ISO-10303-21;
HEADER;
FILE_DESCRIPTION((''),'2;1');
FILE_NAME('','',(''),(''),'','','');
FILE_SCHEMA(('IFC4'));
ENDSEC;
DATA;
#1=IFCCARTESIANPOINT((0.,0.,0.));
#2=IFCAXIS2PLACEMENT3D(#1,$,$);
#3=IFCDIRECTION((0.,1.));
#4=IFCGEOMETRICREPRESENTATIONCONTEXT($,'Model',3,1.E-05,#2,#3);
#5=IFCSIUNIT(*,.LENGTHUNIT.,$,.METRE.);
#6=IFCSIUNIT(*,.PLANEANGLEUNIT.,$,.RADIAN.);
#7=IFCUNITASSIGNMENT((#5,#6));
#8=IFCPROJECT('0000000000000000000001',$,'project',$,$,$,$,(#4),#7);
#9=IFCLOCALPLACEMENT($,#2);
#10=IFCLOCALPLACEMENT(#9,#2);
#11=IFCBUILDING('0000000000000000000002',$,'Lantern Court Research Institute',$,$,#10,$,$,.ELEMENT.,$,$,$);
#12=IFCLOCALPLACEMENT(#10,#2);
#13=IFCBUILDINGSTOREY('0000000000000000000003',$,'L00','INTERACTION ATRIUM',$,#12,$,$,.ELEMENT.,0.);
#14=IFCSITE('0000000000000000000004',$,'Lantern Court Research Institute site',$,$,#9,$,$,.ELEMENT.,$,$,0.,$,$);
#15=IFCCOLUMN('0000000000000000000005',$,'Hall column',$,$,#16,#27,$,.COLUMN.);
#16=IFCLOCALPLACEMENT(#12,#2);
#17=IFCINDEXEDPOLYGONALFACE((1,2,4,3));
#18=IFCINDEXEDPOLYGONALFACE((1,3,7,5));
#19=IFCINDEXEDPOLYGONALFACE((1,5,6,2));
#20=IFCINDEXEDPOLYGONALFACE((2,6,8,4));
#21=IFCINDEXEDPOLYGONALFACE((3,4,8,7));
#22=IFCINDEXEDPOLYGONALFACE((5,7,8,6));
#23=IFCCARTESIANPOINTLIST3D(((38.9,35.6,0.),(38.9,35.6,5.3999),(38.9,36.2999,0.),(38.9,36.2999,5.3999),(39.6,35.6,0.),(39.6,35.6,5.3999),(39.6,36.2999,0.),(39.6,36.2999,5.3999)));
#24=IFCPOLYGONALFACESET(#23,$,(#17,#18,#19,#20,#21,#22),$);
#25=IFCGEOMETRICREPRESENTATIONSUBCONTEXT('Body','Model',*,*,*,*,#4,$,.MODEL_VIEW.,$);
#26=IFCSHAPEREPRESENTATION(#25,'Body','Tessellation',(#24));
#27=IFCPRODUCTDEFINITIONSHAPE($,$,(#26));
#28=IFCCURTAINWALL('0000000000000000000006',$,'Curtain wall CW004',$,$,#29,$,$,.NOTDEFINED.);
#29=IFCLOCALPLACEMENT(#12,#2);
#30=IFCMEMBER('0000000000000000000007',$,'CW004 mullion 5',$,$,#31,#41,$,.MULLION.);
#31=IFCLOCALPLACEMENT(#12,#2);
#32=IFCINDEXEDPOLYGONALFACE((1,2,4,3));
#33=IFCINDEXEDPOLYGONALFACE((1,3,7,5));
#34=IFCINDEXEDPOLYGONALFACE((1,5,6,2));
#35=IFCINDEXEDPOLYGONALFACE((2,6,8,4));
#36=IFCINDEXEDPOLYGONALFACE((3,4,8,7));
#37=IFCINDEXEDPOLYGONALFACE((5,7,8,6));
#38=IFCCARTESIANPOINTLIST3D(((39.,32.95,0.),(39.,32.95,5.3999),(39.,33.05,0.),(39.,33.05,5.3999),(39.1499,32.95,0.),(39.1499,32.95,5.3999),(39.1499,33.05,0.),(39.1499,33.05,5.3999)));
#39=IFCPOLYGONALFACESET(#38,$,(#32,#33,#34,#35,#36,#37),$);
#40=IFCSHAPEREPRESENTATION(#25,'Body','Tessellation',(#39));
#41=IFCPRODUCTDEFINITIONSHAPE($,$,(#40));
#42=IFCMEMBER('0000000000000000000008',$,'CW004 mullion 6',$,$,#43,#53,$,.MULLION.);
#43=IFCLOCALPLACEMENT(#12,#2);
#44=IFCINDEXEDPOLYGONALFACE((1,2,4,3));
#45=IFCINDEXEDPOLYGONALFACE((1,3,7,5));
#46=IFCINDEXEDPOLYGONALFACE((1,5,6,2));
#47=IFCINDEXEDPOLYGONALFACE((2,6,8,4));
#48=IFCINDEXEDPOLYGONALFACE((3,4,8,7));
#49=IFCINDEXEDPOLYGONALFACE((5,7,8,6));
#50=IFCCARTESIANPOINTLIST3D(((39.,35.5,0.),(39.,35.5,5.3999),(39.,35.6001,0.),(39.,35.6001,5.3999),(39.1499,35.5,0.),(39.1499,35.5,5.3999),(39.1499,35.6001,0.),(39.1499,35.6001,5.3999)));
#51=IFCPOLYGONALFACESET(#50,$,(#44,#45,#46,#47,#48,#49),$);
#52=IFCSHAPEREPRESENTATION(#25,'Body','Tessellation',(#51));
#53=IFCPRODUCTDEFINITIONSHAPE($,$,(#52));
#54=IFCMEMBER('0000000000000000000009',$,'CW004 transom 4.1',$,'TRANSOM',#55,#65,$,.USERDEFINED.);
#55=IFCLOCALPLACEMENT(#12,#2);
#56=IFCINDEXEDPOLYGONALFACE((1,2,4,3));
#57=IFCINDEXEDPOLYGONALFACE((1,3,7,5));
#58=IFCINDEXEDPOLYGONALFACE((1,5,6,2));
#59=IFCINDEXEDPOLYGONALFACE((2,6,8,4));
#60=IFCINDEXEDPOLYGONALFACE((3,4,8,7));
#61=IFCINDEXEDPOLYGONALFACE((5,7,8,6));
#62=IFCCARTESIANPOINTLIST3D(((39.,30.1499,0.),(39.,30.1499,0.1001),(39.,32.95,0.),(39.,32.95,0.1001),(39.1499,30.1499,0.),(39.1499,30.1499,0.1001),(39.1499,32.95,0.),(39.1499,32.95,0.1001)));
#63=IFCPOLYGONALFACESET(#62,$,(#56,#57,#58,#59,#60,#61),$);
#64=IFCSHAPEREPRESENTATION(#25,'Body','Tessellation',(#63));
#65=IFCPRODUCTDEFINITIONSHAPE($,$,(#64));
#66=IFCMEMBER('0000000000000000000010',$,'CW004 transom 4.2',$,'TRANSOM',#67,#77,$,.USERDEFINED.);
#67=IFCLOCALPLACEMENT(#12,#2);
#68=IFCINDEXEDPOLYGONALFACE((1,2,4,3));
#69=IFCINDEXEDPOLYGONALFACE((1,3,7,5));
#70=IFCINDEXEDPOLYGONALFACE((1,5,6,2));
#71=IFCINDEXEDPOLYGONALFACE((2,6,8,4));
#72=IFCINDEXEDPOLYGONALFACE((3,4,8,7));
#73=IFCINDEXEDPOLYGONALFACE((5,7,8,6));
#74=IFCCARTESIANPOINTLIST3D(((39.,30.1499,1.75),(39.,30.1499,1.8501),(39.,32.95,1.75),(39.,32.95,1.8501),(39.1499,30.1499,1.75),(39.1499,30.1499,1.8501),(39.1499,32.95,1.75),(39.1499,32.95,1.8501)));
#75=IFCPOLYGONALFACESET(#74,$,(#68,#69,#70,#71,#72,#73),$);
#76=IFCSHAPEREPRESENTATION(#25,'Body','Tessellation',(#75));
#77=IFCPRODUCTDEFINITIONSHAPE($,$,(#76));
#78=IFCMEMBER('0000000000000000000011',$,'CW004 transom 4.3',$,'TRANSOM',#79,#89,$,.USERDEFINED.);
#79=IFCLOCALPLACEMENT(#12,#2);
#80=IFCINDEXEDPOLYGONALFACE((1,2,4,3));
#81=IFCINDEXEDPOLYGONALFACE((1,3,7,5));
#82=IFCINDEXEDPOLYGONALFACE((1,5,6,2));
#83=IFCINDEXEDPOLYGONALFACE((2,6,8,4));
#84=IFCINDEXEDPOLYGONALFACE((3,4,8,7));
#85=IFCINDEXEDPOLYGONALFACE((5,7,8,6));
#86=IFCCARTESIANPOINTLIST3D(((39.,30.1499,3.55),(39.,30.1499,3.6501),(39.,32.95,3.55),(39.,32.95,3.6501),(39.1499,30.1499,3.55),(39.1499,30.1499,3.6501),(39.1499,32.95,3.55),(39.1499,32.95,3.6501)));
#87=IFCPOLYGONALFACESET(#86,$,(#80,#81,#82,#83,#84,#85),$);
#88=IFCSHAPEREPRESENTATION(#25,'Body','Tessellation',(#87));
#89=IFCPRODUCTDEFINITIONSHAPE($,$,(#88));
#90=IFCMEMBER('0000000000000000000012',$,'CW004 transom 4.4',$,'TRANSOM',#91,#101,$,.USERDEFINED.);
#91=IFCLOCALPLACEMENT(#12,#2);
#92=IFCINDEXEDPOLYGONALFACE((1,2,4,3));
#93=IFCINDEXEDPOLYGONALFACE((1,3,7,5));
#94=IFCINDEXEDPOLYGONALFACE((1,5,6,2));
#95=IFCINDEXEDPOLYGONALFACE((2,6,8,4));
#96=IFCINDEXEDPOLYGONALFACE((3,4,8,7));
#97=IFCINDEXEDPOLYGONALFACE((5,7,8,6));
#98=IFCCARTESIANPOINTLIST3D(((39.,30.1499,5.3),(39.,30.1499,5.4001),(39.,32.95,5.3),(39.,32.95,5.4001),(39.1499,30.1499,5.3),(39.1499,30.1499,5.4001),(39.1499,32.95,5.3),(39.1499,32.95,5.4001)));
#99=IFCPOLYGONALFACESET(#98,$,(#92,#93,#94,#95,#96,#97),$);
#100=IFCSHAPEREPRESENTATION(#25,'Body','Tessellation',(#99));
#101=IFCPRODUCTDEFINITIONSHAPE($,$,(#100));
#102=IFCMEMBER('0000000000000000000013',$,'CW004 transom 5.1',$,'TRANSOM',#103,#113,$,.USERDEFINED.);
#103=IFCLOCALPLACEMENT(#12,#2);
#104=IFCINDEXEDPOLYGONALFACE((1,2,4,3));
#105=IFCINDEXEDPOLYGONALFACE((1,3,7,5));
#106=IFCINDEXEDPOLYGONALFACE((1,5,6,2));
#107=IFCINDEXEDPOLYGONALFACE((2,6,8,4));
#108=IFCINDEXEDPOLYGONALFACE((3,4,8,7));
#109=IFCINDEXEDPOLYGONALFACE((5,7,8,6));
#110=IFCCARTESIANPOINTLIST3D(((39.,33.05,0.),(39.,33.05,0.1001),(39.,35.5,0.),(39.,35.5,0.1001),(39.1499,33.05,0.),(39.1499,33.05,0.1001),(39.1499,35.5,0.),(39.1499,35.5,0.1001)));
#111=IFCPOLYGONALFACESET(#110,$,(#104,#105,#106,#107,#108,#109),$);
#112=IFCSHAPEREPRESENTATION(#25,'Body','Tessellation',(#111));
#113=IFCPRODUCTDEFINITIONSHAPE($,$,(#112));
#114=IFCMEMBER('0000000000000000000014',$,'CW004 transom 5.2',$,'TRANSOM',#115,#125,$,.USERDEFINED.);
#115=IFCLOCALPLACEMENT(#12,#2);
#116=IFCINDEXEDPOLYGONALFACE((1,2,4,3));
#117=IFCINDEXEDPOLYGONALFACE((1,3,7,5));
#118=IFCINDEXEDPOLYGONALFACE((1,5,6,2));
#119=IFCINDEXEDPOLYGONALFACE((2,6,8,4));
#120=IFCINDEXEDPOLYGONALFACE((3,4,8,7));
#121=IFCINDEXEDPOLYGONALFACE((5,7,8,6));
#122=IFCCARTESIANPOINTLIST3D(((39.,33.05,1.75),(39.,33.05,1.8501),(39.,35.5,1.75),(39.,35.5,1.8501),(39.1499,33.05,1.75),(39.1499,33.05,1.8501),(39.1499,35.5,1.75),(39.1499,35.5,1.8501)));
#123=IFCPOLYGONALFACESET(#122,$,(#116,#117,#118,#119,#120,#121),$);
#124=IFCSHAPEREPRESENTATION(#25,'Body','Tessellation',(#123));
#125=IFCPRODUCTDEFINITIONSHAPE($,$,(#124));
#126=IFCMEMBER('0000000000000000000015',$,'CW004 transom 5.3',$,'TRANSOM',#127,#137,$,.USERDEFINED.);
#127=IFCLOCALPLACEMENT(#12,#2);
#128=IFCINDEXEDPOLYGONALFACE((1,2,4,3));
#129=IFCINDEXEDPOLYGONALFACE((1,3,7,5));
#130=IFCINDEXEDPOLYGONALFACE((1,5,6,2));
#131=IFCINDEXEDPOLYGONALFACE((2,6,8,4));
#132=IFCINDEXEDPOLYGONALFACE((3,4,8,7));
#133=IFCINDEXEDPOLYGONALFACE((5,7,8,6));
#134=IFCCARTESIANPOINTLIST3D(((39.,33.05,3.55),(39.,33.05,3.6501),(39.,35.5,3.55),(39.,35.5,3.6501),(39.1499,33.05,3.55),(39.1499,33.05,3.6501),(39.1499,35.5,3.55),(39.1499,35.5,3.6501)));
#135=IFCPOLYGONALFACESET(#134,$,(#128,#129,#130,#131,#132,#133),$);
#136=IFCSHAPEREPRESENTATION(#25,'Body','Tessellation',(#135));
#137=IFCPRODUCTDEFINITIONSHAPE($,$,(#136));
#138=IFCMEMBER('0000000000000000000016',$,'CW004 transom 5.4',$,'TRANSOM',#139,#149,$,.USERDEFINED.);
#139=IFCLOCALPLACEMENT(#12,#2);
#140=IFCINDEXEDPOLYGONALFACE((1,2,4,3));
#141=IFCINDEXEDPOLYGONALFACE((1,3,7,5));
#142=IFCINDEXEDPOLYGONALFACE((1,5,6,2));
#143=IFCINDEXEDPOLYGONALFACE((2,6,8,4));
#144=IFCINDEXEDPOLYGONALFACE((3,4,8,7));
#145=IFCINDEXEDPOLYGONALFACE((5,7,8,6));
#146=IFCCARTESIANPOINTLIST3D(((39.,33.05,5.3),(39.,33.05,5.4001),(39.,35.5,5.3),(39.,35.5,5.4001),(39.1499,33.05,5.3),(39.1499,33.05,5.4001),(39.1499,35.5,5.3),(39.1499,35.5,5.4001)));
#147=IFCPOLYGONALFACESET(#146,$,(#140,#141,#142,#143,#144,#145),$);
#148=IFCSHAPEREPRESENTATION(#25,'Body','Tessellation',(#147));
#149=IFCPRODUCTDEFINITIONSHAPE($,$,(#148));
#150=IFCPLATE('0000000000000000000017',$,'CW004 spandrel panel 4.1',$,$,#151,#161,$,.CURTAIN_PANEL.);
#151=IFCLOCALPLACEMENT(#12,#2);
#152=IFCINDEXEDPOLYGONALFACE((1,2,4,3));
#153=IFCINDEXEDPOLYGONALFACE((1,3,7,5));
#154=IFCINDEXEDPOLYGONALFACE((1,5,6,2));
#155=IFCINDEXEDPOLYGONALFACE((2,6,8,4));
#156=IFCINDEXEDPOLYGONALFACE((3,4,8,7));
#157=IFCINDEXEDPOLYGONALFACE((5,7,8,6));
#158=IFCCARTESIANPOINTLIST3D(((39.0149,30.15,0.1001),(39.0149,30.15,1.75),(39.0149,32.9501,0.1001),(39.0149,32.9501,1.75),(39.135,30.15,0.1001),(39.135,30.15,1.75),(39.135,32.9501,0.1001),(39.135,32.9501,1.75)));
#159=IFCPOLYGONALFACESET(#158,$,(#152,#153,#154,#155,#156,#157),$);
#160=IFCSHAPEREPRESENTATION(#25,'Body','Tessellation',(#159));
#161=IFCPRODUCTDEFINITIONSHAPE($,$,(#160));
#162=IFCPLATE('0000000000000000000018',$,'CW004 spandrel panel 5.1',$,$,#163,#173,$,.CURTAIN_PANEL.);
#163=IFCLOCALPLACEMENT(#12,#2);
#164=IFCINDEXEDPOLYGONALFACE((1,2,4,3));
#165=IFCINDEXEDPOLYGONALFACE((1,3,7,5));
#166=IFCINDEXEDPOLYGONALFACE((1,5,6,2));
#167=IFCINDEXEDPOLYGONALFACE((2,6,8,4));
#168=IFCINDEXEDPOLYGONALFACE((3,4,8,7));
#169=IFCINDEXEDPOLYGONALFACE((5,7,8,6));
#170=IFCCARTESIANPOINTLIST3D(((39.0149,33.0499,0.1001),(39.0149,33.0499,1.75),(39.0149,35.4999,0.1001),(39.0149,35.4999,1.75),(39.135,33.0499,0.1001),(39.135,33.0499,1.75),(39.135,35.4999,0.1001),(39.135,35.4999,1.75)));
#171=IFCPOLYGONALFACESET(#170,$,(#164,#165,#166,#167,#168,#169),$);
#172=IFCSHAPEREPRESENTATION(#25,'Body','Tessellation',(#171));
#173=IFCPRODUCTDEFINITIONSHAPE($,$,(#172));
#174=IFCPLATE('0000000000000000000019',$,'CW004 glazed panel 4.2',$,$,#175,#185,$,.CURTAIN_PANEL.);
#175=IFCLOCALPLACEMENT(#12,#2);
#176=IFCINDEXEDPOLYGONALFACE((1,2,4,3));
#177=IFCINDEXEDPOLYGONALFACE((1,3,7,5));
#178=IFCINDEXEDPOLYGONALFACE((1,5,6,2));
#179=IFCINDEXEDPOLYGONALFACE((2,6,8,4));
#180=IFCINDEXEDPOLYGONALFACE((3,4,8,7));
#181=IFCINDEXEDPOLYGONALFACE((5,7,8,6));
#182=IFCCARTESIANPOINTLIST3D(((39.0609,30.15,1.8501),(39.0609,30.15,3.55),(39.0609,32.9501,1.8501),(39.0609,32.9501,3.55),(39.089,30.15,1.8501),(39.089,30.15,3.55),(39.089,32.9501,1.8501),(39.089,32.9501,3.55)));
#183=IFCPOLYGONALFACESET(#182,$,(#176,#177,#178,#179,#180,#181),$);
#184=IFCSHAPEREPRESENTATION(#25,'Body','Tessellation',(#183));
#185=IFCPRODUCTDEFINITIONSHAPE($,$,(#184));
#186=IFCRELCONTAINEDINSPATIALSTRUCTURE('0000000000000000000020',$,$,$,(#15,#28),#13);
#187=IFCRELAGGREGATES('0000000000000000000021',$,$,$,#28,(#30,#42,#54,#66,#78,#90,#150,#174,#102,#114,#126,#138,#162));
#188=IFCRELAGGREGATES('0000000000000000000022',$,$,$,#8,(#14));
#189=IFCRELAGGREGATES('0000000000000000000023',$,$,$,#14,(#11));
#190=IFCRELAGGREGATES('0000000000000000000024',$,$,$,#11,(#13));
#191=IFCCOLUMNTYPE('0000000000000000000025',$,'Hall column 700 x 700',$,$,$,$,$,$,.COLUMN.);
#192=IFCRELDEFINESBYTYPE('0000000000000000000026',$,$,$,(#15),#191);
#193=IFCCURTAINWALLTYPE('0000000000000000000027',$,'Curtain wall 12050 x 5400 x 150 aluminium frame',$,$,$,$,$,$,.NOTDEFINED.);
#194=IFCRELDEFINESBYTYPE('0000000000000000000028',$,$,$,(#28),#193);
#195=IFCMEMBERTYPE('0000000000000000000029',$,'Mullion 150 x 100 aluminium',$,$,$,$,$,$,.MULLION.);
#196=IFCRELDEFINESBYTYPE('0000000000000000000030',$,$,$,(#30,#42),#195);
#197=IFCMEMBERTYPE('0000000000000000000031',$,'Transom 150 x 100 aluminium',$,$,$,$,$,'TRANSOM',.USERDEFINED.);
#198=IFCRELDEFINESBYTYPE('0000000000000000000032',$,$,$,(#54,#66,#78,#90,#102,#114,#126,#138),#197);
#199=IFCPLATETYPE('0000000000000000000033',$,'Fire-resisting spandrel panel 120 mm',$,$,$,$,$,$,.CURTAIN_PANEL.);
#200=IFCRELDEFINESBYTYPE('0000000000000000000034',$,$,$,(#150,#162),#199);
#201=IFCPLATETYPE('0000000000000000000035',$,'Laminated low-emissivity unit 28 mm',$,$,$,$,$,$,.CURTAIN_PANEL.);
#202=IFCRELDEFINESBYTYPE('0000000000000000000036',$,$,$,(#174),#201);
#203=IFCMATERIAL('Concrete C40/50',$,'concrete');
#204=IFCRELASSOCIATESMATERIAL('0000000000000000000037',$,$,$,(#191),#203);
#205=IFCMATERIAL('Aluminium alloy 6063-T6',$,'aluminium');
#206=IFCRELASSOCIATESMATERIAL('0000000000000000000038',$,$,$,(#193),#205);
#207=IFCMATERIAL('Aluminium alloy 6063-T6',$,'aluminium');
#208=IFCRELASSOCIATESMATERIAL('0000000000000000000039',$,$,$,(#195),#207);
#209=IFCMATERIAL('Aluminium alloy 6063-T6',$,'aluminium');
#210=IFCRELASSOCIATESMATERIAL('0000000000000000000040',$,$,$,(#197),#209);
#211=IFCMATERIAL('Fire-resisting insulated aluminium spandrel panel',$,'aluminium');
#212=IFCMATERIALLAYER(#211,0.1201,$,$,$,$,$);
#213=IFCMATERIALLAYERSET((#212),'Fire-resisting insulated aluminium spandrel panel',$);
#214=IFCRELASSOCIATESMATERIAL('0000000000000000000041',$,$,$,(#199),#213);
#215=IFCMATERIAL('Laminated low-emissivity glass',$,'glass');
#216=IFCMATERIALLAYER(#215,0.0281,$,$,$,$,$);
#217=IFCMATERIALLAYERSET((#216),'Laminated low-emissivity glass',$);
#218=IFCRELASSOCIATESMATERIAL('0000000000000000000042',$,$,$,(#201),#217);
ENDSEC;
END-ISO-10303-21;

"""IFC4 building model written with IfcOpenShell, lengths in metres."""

from ifc_helpers import new_model, si_unit, direction, frame, origin, origin_2d, place, context, subcontext, project, spatial, rectangle, extrude, material, layer, layer_set, material_profile, profile_set, type_object, element, aggregate, save


model = new_model("IFC4")

# Units and contexts
model_context = context("Model", 3, precision=1e-05, world=origin(), true_north=direction((0.0, 1.0)))
body_context = subcontext(model_context, "Body", "Model", "MODEL_VIEW")
ifc_project = project(units=[si_unit("LENGTHUNIT", "METRE"), si_unit("PLANEANGLEUNIT", "RADIAN")], contexts=[model_context])

# Site, building, storey
site_placement = place(None, origin())
site = spatial("IfcSite", under=ifc_project, at=site_placement, Name="Lantern Court Research Institute site", CompositionType="ELEMENT", RefElevation=0.0)
building_placement = place(site_placement, origin())
building = spatial("IfcBuilding", under=site, at=building_placement, Name="Lantern Court Research Institute", CompositionType="ELEMENT")
storey_placement = place(building_placement, origin())
storey = spatial("IfcBuildingStorey", under=building, at=storey_placement, Name="L00", Description="INTERACTION ATRIUM", CompositionType="ELEMENT", Elevation=0.0)

# Column
ifc_material_1 = material(Name="Concrete C40/50", Category="concrete")
ifc_material_profile_1 = material_profile(ifc_material_1, rectangle(XDim=0.7, YDim=0.7, at=origin_2d()), Name="Hall column 700 x 700")
ifc_profile_set_1 = profile_set([ifc_material_profile_1], Name="Concrete C40/50")
column_type = type_object("IfcColumnType", Name="Hall column 700 x 700", PredefinedType="COLUMN", material=ifc_profile_set_1)
column_placement = place(storey_placement, frame((39.25, 35.95, 0.0), z_axis=(0.0, 0.0, 1.0), x_axis=(1.0, 0.0, 0.0)))
element("IfcColumn", 1, at=column_placement, inside=storey, type_object=column_type, Name="Hall column", PredefinedType="COLUMN", context=body_context, shape_type="SweptSolid", body=[
    extrude(rectangle(XDim=0.7, YDim=0.7, at=origin_2d()), origin(), (0.0, 0.0, 1.0), 5.3999),
])

# Curtain wall, members, plates
ifc_material_2 = material(Name="Aluminium alloy 6063-T6", Category="aluminium")
curtain_wall_type = type_object("IfcCurtainWallType", Name="Curtain wall 12050 x 5400 x 150 aluminium frame", PredefinedType="NOTDEFINED", material=ifc_material_2)
curtain_wall_placement = place(storey_placement, origin())
curtain_wall = element("IfcCurtainWall", 2, at=curtain_wall_placement, inside=storey, type_object=curtain_wall_type, Name="Curtain wall CW004", PredefinedType="NOTDEFINED")
ifc_material_3 = material(Name="Aluminium alloy 6063-T6", Category="aluminium")
ifc_material_profile_2 = material_profile(ifc_material_3, rectangle(XDim=0.1499, YDim=0.1001, at=origin_2d()), Name="Mullion 150 x 100")
ifc_profile_set_2 = profile_set([ifc_material_profile_2], Name="Aluminium alloy 6063-T6")
member_type_1 = type_object("IfcMemberType", Name="Mullion 150 x 100 aluminium", PredefinedType="MULLION", material=ifc_profile_set_2)
member_1_placement = place(storey_placement, frame((39.075, 33.0, 0.0), z_axis=(0.0, 0.0, 1.0), x_axis=(-1.0, 0.0, 0.0)))
member_1 = element("IfcMember", 3, at=member_1_placement, type_object=member_type_1, Name="CW004 mullion 5", PredefinedType="MULLION", context=body_context, shape_type="SweptSolid", body=[
    extrude(rectangle(XDim=0.1499, YDim=0.1001, at=origin_2d()), origin(), (0.0, 0.0, 1.0), 5.3999),
])
member_2_placement = place(storey_placement, frame((39.075, 35.55, 0.0), z_axis=(0.0, 0.0, 1.0), x_axis=(-1.0, 0.0, 0.0)))
member_2 = element("IfcMember", 4, at=member_2_placement, type_object=member_type_1, Name="CW004 mullion 6", PredefinedType="MULLION", context=body_context, shape_type="SweptSolid", body=[
    extrude(rectangle(XDim=0.1499, YDim=0.1001, at=origin_2d()), origin(), (0.0, 0.0, 1.0), 5.3999),
])
ifc_material_4 = material(Name="Aluminium alloy 6063-T6", Category="aluminium")
ifc_material_profile_3 = material_profile(ifc_material_4, rectangle(XDim=0.1499, YDim=0.1001, at=origin_2d()), Name="Transom 150 x 100")
ifc_profile_set_3 = profile_set([ifc_material_profile_3], Name="Aluminium alloy 6063-T6")
member_type_2 = type_object("IfcMemberType", Name="Transom 150 x 100 aluminium", ElementType="TRANSOM", PredefinedType="USERDEFINED", material=ifc_profile_set_3)
member_3_placement = place(storey_placement, frame((39.075, 30.1499, 0.05), z_axis=(0.0, 1.0, 0.0), x_axis=(-1.0, 0.0, 0.0)))
member_3 = element("IfcMember", 5, at=member_3_placement, type_object=member_type_2, Name="CW004 transom 4.1", ObjectType="TRANSOM", PredefinedType="USERDEFINED", context=body_context, shape_type="SweptSolid", body=[
    extrude(rectangle(XDim=0.1499, YDim=0.1001, at=origin_2d()), origin(), (0.0, 0.0, 1.0), 2.8),
])
member_4_placement = place(storey_placement, frame((39.075, 30.1499, 1.8), z_axis=(0.0, 1.0, 0.0), x_axis=(-1.0, 0.0, 0.0)))
member_4 = element("IfcMember", 6, at=member_4_placement, type_object=member_type_2, Name="CW004 transom 4.2", ObjectType="TRANSOM", PredefinedType="USERDEFINED", context=body_context, shape_type="SweptSolid", body=[
    extrude(rectangle(XDim=0.1499, YDim=0.1001, at=origin_2d()), origin(), (0.0, 0.0, 1.0), 2.8),
])
member_5_placement = place(storey_placement, frame((39.075, 30.1499, 3.6001), z_axis=(0.0, 1.0, 0.0), x_axis=(-1.0, 0.0, 0.0)))
member_5 = element("IfcMember", 7, at=member_5_placement, type_object=member_type_2, Name="CW004 transom 4.3", ObjectType="TRANSOM", PredefinedType="USERDEFINED", context=body_context, shape_type="SweptSolid", body=[
    extrude(rectangle(XDim=0.1499, YDim=0.1001, at=origin_2d()), origin(), (0.0, 0.0, 1.0), 2.8),
])
member_6_placement = place(storey_placement, frame((39.075, 30.1499, 5.3501), z_axis=(0.0, 1.0, 0.0), x_axis=(-1.0, 0.0, 0.0)))
member_6 = element("IfcMember", 8, at=member_6_placement, type_object=member_type_2, Name="CW004 transom 4.4", ObjectType="TRANSOM", PredefinedType="USERDEFINED", context=body_context, shape_type="SweptSolid", body=[
    extrude(rectangle(XDim=0.1499, YDim=0.1001, at=origin_2d()), origin(), (0.0, 0.0, 1.0), 2.8),
])
member_7_placement = place(storey_placement, frame((39.075, 33.05, 0.05), z_axis=(0.0, 1.0, 0.0), x_axis=(-1.0, 0.0, 0.0)))
member_7 = element("IfcMember", 9, at=member_7_placement, type_object=member_type_2, Name="CW004 transom 5.1", ObjectType="TRANSOM", PredefinedType="USERDEFINED", context=body_context, shape_type="SweptSolid", body=[
    extrude(rectangle(XDim=0.1499, YDim=0.1001, at=origin_2d()), origin(), (0.0, 0.0, 1.0), 2.45),
])
member_8_placement = place(storey_placement, frame((39.075, 33.05, 1.8), z_axis=(0.0, 1.0, 0.0), x_axis=(-1.0, 0.0, 0.0)))
member_8 = element("IfcMember", 10, at=member_8_placement, type_object=member_type_2, Name="CW004 transom 5.2", ObjectType="TRANSOM", PredefinedType="USERDEFINED", context=body_context, shape_type="SweptSolid", body=[
    extrude(rectangle(XDim=0.1499, YDim=0.1001, at=origin_2d()), origin(), (0.0, 0.0, 1.0), 2.45),
])
member_9_placement = place(storey_placement, frame((39.075, 33.05, 3.6001), z_axis=(0.0, 1.0, 0.0), x_axis=(-1.0, 0.0, 0.0)))
member_9 = element("IfcMember", 11, at=member_9_placement, type_object=member_type_2, Name="CW004 transom 5.3", ObjectType="TRANSOM", PredefinedType="USERDEFINED", context=body_context, shape_type="SweptSolid", body=[
    extrude(rectangle(XDim=0.1499, YDim=0.1001, at=origin_2d()), origin(), (0.0, 0.0, 1.0), 2.45),
])
member_10_placement = place(storey_placement, frame((39.075, 33.05, 5.3501), z_axis=(0.0, 1.0, 0.0), x_axis=(-1.0, 0.0, 0.0)))
member_10 = element("IfcMember", 12, at=member_10_placement, type_object=member_type_2, Name="CW004 transom 5.4", ObjectType="TRANSOM", PredefinedType="USERDEFINED", context=body_context, shape_type="SweptSolid", body=[
    extrude(rectangle(XDim=0.1499, YDim=0.1001, at=origin_2d()), origin(), (0.0, 0.0, 1.0), 2.45),
])
ifc_material_5 = material(Name="Fire-resisting insulated aluminium spandrel panel", Category="aluminium")
ifc_layer_1 = layer(ifc_material_5, 0.1201)
ifc_layer_set_1 = layer_set([ifc_layer_1], Name="Fire-resisting insulated aluminium spandrel panel")
plate_type_1 = type_object("IfcPlateType", Name="Fire-resisting spandrel panel 120 mm", PredefinedType="CURTAIN_PANEL", material=ifc_layer_set_1)
plate_1_placement = place(storey_placement, frame((39.075, 31.55, 0.1001), z_axis=(0.0, 0.0, 1.0), x_axis=(0.0, 1.0, 0.0)))
plate_1 = element("IfcPlate", 13, at=plate_1_placement, type_object=plate_type_1, Name="CW004 spandrel panel 4.1", PredefinedType="CURTAIN_PANEL", context=body_context, shape_type="SweptSolid", body=[
    extrude(rectangle(XDim=2.8, YDim=0.1201, at=origin_2d()), origin(), (0.0, 0.0, 1.0), 1.6499),
])
plate_2_placement = place(storey_placement, frame((39.075, 34.2749, 0.1001), z_axis=(0.0, 0.0, 1.0), x_axis=(0.0, 1.0, 0.0)))
plate_2 = element("IfcPlate", 14, at=plate_2_placement, type_object=plate_type_1, Name="CW004 spandrel panel 5.1", PredefinedType="CURTAIN_PANEL", context=body_context, shape_type="SweptSolid", body=[
    extrude(rectangle(XDim=2.45, YDim=0.1201, at=origin_2d()), origin(), (0.0, 0.0, 1.0), 1.6499),
])
ifc_material_6 = material(Name="Laminated low-emissivity glass", Category="glass")
ifc_layer_2 = layer(ifc_material_6, 0.0281)
ifc_layer_set_2 = layer_set([ifc_layer_2], Name="Laminated low-emissivity glass")
plate_type_2 = type_object("IfcPlateType", Name="Laminated low-emissivity unit 28 mm", PredefinedType="CURTAIN_PANEL", material=ifc_layer_set_2)
plate_3_placement = place(storey_placement, frame((39.075, 31.55, 1.8501), z_axis=(0.0, 0.0, 1.0), x_axis=(0.0, 1.0, 0.0)))
plate_3 = element("IfcPlate", 15, at=plate_3_placement, type_object=plate_type_2, Name="CW004 glazed panel 4.2", PredefinedType="CURTAIN_PANEL", context=body_context, shape_type="SweptSolid", body=[
    extrude(rectangle(XDim=2.8, YDim=0.0281, at=origin_2d()), origin(), (0.0, 0.0, 1.0), 1.7),
])
aggregate(curtain_wall, [member_1, member_2, member_3, member_4, member_5, member_6, plate_1, plate_3, member_7, member_8, member_9, member_10, plate_2])

save(model, "model.ifc")
